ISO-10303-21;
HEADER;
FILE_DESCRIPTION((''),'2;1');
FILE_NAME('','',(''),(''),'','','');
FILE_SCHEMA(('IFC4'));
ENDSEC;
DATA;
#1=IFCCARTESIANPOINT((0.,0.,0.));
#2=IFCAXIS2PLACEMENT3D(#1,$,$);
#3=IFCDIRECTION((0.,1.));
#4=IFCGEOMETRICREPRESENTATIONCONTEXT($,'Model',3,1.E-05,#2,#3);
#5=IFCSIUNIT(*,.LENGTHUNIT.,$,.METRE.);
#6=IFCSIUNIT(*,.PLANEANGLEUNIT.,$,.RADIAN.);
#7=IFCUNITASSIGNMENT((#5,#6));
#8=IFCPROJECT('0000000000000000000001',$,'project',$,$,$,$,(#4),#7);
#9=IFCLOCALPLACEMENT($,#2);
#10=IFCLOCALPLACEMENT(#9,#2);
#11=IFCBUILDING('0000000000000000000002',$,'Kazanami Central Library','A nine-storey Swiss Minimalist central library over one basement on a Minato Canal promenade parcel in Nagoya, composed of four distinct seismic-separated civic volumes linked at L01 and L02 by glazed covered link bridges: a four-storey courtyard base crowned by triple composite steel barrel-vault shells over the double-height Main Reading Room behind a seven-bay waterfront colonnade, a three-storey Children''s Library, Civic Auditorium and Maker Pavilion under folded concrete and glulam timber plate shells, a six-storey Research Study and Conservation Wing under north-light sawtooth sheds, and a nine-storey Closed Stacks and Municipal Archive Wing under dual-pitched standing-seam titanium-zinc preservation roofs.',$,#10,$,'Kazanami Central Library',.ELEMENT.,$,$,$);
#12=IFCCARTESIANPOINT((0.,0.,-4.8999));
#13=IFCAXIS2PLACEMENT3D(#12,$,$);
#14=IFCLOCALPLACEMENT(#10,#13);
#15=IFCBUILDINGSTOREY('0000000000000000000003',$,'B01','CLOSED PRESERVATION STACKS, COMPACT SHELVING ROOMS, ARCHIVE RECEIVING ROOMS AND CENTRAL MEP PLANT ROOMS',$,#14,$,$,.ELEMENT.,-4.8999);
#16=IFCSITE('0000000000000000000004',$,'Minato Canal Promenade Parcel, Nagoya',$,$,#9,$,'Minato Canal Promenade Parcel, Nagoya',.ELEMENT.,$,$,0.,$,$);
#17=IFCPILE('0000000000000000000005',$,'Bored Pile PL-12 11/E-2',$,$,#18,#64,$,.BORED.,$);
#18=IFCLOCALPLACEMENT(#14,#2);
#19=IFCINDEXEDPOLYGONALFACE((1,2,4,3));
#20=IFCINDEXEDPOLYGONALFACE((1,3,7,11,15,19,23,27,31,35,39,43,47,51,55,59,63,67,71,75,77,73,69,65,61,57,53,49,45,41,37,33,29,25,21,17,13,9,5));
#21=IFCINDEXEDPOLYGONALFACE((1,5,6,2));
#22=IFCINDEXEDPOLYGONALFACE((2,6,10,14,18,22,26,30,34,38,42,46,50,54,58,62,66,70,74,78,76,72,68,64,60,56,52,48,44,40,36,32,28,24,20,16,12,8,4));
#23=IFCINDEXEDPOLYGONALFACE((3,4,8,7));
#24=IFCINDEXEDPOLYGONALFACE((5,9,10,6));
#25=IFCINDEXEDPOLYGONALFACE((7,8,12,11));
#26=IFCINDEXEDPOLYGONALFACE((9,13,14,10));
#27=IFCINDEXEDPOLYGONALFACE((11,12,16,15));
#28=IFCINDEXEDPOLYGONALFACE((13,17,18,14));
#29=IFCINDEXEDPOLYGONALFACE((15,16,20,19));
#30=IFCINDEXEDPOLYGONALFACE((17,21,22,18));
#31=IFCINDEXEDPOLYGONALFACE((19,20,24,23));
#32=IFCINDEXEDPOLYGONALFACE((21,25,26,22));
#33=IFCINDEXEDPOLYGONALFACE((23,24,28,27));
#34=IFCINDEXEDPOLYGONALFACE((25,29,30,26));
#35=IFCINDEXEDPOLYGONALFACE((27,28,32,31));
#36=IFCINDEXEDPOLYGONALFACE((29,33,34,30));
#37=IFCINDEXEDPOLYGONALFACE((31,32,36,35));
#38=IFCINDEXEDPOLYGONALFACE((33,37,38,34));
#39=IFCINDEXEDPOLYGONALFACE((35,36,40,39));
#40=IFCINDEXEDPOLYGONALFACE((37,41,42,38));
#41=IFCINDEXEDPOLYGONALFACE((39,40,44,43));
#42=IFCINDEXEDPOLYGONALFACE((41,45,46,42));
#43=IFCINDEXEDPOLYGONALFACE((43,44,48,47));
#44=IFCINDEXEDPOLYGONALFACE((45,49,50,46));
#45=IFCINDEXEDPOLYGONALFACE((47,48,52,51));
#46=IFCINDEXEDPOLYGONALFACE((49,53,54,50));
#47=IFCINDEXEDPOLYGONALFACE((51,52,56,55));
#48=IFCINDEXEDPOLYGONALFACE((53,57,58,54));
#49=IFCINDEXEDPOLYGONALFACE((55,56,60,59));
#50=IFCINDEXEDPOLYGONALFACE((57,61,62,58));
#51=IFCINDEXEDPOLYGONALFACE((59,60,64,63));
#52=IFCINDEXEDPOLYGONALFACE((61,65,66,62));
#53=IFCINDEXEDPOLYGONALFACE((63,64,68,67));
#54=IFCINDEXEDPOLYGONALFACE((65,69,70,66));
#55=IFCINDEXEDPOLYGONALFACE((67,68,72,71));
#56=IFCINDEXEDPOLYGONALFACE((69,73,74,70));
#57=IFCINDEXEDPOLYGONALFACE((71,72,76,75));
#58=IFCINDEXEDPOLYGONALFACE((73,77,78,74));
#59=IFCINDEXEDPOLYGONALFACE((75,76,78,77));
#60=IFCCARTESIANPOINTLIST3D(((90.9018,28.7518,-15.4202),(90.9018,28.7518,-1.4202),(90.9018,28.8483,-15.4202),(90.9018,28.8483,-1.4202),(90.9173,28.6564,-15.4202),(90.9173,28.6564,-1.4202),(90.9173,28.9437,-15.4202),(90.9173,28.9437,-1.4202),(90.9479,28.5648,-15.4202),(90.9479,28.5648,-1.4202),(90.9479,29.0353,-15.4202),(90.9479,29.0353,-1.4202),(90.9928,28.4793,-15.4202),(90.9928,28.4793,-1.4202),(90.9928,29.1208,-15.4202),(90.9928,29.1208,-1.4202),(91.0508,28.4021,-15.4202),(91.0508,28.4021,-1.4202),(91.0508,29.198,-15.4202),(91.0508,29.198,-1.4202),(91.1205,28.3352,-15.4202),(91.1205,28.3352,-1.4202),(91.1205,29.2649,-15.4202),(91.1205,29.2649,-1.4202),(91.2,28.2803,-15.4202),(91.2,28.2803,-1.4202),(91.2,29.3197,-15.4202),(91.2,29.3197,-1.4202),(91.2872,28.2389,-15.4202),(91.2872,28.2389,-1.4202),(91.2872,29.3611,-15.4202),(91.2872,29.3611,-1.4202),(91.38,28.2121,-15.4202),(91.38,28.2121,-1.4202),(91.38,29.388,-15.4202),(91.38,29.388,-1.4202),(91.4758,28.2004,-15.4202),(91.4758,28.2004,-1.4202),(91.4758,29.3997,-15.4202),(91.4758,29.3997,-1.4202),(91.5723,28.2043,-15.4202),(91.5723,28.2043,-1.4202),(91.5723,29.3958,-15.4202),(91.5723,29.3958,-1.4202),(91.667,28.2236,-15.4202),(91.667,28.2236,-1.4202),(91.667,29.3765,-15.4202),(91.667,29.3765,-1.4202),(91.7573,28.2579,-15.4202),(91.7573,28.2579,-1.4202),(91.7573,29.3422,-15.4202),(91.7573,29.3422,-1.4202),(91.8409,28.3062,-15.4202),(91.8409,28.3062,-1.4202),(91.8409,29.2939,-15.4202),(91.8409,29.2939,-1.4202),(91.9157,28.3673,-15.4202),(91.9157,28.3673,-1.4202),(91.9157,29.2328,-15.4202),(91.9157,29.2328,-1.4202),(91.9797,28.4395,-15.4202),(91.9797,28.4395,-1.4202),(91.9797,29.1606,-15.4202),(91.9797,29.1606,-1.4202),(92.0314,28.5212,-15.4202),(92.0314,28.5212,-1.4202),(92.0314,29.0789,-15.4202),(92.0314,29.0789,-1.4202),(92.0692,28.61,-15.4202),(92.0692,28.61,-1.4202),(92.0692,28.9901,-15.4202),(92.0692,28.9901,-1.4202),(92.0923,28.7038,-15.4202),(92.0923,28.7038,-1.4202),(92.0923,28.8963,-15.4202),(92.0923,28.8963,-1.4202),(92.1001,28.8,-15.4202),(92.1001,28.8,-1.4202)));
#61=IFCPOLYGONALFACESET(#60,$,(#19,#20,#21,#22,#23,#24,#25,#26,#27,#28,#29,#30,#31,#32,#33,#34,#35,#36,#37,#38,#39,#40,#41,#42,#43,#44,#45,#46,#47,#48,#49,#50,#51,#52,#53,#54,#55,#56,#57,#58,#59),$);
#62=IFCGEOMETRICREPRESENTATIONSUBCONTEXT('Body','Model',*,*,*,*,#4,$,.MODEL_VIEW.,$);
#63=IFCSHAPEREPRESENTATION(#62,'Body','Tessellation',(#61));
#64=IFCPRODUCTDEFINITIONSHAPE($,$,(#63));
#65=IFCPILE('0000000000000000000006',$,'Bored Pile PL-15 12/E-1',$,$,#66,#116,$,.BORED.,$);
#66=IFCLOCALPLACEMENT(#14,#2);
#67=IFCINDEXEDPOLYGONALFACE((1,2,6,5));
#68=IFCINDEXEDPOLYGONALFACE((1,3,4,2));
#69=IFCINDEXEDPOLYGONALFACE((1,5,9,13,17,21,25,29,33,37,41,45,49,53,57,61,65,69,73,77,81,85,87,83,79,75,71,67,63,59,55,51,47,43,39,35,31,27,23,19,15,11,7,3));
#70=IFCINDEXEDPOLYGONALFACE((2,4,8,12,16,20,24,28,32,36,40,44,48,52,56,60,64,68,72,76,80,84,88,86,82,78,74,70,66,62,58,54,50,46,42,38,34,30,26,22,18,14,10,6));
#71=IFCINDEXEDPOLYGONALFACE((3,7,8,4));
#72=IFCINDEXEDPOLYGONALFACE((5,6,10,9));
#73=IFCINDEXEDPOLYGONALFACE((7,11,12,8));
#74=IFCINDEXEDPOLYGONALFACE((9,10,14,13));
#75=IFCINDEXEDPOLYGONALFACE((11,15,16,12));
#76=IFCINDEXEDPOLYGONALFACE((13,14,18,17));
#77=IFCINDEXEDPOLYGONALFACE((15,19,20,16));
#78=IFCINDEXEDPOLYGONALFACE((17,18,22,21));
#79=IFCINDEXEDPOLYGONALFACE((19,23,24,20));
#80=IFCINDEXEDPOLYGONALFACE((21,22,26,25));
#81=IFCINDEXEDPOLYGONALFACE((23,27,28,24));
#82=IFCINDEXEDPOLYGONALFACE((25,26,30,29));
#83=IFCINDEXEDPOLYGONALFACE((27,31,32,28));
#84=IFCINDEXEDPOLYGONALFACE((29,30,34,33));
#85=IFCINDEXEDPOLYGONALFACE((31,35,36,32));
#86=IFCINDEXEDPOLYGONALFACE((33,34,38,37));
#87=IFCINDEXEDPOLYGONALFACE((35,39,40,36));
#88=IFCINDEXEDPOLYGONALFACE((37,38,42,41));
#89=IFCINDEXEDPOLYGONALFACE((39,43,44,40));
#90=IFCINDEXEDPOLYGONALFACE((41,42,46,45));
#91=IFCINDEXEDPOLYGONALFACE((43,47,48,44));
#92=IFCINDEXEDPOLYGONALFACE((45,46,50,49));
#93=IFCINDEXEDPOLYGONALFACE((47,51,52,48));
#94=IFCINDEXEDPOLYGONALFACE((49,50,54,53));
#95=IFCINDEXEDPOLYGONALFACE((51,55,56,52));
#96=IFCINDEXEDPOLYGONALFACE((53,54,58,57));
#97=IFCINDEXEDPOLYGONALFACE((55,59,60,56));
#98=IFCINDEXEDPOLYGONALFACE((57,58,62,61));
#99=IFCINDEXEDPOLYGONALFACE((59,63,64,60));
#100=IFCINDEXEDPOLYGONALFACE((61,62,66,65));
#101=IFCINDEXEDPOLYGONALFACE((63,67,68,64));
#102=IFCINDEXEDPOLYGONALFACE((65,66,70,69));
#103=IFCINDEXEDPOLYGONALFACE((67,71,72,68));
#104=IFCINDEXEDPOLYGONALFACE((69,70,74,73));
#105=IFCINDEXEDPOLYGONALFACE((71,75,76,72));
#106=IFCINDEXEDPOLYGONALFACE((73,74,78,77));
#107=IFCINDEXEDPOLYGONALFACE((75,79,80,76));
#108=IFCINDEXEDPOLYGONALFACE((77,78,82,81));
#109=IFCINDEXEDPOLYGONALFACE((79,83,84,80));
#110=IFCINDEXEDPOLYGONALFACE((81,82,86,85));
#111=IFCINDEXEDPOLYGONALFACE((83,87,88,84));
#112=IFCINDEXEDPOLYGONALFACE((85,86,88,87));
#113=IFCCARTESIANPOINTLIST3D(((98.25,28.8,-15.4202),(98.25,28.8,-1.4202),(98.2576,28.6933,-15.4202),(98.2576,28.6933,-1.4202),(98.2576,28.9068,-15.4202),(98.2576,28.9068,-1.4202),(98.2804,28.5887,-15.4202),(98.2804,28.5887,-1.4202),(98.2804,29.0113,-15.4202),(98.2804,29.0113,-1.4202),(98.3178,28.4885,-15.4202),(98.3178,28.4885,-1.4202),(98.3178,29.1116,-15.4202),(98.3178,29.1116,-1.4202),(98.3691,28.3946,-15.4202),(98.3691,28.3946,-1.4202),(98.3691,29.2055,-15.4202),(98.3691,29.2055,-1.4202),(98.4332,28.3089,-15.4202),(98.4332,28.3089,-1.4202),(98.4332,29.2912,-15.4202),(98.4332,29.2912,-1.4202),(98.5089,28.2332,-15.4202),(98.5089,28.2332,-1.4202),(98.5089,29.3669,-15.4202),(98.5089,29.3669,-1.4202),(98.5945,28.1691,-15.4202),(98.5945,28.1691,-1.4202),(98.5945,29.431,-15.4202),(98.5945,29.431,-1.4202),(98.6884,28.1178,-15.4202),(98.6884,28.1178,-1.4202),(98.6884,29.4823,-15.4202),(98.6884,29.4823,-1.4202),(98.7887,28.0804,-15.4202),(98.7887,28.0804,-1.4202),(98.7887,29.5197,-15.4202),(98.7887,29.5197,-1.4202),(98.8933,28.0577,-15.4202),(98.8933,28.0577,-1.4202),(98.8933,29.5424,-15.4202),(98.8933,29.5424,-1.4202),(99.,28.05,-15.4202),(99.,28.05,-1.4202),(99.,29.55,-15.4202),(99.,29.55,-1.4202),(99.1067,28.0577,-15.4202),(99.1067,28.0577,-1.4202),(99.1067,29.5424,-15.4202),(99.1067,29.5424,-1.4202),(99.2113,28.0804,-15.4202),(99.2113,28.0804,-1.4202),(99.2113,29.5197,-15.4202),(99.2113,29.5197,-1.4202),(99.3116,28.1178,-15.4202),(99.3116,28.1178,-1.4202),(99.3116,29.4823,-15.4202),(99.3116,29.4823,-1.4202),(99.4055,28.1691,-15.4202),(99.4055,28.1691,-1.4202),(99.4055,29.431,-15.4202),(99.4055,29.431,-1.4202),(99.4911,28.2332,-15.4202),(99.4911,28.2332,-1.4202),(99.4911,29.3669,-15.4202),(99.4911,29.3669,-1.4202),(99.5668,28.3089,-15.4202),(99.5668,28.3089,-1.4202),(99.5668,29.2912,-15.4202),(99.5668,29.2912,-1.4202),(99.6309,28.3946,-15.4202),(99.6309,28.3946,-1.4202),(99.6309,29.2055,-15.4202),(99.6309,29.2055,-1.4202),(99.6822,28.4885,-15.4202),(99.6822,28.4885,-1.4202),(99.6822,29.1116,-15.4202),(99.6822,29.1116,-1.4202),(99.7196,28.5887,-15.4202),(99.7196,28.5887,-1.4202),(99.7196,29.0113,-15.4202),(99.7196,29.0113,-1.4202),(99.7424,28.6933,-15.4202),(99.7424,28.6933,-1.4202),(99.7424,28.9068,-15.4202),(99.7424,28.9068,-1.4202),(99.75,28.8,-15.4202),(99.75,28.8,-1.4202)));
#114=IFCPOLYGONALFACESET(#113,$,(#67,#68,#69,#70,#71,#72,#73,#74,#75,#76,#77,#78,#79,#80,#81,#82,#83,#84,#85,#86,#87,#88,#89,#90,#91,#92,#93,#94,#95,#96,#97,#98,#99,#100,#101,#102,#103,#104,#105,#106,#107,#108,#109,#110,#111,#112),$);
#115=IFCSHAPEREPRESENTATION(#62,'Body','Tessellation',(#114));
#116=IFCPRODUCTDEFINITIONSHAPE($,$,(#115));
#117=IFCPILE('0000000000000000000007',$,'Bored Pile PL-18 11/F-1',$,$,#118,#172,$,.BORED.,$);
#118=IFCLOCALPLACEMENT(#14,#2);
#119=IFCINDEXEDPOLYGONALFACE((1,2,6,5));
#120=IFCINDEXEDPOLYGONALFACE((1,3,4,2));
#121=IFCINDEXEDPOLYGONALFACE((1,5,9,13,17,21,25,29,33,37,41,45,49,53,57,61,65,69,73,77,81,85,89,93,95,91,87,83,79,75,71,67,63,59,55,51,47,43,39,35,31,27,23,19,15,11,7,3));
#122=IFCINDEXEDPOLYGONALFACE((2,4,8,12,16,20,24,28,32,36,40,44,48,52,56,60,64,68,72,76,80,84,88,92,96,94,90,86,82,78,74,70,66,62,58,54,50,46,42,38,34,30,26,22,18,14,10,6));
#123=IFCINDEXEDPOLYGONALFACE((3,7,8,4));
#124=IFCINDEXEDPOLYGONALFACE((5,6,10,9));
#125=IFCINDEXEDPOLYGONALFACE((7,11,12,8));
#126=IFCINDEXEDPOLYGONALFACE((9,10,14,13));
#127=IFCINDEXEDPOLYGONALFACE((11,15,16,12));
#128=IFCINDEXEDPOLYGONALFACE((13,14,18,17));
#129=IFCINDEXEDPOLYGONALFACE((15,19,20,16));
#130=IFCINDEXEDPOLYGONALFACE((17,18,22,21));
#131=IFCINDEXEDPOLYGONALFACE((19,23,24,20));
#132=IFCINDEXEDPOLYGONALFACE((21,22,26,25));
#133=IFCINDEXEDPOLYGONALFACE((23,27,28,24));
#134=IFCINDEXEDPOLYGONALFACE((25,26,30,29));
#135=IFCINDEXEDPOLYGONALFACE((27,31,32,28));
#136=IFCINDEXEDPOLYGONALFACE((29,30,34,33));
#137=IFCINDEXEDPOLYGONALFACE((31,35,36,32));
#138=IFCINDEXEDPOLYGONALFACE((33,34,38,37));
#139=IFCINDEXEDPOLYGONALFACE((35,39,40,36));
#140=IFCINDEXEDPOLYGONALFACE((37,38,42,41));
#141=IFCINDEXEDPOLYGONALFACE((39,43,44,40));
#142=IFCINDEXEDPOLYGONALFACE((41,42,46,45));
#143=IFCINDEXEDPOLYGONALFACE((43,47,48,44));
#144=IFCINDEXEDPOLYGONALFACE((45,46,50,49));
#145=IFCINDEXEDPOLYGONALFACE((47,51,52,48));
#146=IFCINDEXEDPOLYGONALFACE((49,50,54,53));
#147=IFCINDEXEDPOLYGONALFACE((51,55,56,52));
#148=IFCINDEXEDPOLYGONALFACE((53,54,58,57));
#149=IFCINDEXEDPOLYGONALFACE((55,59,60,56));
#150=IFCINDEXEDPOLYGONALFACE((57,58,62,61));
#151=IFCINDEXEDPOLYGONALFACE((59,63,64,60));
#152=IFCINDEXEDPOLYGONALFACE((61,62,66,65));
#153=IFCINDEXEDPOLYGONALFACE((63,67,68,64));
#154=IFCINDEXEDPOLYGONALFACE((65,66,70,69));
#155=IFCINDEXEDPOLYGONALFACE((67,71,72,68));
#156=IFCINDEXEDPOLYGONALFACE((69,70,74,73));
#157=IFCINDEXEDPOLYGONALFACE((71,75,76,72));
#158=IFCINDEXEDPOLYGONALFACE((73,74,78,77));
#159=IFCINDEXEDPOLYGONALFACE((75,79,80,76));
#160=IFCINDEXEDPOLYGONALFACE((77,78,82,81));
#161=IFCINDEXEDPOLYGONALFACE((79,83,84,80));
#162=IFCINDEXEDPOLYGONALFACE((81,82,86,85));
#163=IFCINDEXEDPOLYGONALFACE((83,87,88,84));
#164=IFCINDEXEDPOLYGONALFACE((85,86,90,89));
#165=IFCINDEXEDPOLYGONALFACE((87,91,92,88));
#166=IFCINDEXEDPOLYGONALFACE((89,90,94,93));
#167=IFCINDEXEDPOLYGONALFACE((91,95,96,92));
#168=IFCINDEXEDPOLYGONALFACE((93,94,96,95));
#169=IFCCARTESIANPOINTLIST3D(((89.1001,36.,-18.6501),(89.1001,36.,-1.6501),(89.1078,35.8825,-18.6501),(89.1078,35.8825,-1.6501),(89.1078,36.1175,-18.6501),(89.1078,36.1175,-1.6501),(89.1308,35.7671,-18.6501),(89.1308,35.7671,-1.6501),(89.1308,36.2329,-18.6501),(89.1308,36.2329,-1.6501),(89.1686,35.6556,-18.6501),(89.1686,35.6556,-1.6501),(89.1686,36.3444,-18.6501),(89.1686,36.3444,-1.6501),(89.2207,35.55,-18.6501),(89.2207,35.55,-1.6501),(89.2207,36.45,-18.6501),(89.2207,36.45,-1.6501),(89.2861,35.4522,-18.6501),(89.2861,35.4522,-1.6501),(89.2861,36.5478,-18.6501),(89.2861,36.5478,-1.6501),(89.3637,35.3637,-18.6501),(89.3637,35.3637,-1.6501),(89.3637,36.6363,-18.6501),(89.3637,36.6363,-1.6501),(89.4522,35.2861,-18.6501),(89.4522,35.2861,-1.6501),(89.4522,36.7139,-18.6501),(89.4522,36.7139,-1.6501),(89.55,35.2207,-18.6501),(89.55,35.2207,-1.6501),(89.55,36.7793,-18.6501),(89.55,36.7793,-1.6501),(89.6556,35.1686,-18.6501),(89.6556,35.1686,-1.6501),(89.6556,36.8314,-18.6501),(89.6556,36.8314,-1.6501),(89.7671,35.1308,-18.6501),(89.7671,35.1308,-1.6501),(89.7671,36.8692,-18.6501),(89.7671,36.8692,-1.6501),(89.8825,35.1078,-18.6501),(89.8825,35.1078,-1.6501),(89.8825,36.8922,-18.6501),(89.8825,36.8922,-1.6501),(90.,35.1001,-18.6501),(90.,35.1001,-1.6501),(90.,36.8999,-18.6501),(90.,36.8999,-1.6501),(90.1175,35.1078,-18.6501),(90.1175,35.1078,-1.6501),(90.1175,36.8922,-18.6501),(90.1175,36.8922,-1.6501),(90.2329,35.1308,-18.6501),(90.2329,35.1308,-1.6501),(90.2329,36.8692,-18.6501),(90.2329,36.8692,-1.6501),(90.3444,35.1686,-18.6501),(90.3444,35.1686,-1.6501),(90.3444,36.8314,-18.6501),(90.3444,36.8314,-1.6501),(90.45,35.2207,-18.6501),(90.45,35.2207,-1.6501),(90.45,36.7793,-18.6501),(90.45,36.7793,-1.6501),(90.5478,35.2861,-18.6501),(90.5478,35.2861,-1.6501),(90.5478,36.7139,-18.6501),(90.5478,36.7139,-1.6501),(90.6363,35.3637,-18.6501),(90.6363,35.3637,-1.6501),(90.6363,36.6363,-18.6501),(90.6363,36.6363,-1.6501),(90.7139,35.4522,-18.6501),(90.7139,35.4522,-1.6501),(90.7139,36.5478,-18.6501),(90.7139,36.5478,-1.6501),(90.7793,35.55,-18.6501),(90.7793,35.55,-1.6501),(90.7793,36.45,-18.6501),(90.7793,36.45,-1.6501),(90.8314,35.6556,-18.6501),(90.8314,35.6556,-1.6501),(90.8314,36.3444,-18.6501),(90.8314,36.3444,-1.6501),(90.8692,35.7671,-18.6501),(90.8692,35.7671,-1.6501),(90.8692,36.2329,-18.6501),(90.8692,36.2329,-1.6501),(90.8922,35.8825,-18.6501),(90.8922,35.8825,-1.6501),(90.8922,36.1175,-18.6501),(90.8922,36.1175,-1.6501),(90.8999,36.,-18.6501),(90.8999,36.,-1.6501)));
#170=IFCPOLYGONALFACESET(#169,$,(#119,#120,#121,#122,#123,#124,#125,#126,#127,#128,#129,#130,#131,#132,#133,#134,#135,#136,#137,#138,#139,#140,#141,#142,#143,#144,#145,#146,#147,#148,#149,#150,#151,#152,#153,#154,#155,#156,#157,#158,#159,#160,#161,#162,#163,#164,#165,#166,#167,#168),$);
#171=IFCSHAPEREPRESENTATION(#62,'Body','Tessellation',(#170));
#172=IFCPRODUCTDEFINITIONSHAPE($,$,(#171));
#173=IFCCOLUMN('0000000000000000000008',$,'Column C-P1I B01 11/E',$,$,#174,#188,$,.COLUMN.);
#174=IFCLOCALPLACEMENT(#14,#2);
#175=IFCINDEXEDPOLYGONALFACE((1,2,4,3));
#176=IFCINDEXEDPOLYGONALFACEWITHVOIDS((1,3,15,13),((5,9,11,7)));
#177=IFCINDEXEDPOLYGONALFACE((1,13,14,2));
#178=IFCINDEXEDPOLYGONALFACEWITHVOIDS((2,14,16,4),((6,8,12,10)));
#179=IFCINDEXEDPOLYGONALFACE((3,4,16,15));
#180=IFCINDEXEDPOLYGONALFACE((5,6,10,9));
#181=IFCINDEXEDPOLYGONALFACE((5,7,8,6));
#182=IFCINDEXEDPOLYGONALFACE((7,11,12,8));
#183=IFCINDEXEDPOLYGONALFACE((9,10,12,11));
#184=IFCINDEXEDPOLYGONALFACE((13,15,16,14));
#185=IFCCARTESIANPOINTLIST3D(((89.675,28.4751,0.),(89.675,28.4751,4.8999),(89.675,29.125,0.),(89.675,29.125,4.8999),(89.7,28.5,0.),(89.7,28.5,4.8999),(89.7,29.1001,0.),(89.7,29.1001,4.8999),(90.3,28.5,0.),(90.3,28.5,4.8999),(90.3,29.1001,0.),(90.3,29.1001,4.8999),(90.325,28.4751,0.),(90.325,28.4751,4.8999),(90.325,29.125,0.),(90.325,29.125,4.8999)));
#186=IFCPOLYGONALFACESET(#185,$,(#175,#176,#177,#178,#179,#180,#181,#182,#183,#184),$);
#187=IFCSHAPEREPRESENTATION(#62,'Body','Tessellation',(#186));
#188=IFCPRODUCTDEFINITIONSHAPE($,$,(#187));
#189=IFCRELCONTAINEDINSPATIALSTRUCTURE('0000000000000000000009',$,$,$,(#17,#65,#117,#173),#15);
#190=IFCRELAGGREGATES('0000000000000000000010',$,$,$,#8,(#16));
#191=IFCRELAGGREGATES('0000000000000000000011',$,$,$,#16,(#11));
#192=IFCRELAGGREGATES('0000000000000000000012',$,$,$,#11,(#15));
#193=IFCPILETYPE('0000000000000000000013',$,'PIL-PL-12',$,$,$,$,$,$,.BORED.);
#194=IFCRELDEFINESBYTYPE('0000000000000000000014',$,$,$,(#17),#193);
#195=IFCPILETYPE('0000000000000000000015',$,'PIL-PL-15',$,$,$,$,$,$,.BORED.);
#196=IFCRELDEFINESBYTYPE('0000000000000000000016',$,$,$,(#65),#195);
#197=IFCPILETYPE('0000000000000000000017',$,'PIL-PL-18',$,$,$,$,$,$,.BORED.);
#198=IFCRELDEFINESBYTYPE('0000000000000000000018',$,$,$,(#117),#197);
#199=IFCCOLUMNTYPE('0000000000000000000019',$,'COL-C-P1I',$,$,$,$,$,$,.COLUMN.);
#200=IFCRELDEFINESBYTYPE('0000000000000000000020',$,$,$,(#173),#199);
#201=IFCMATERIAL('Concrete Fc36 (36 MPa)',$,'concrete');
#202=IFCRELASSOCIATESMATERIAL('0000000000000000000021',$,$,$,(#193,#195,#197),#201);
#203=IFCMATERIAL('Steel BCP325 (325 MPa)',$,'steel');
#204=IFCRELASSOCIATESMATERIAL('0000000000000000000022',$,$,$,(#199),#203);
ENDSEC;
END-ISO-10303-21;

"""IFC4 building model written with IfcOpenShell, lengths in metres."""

from ifc_helpers import new_model, si_unit, direction, frame, origin, origin_2d, place, context, subcontext, project, spatial, hollow_rectangle, circle, extrude, material, material_profile, profile_set, type_object, element, save


model = new_model("IFC4")

# Units and contexts
model_context = context("Model", 3, precision=1e-05, world=origin(), true_north=direction((0.0, 1.0)))
body_context = subcontext(model_context, "Body", "Model", "MODEL_VIEW")
ifc_project = project(units=[si_unit("LENGTHUNIT", "METRE"), si_unit("PLANEANGLEUNIT", "RADIAN")], contexts=[model_context])

# Site, building, storey
site_placement = place(None, origin())
site = spatial("IfcSite", under=ifc_project, at=site_placement, Name="Minato Canal Promenade Parcel, Nagoya", LongName="Minato Canal Promenade Parcel, Nagoya", CompositionType="ELEMENT", RefElevation=0.0)
building_placement = place(site_placement, origin())
building = spatial("IfcBuilding", under=site, at=building_placement, Name="Kazanami Central Library", Description="A nine-storey Swiss Minimalist central library over one basement on a Minato Canal promenade parcel in Nagoya, composed of four distinct seismic-separated civic volumes linked at L01 and L02 by glazed covered link bridges: a four-storey courtyard base crowned by triple composite steel barrel-vault shells over the double-height Main Reading Room behind a seven-bay waterfront colonnade, a three-storey Children's Library, Civic Auditorium and Maker Pavilion under folded concrete and glulam timber plate shells, a six-storey Research Study and Conservation Wing under north-light sawtooth sheds, and a nine-storey Closed Stacks and Municipal Archive Wing under dual-pitched standing-seam titanium-zinc preservation roofs.", LongName="Kazanami Central Library", CompositionType="ELEMENT")
storey_placement = place(building_placement, frame((0.0, 0.0, -4.8999)))
storey = spatial("IfcBuildingStorey", under=building, at=storey_placement, Name="B01", Description="CLOSED PRESERVATION STACKS, COMPACT SHELVING ROOMS, ARCHIVE RECEIVING ROOMS AND CENTRAL MEP PLANT ROOMS", CompositionType="ELEMENT", Elevation=-4.8999)

# Shared definitions
ifc_material_1 = material(Name="Concrete Fc36 (36 MPa)", Category="concrete")

# Piles
ifc_material_profile_1 = material_profile(ifc_material_1, circle(Radius=0.6001, at=origin_2d()), Name="BORED-D1200")
ifc_profile_set_1 = profile_set([ifc_material_profile_1], Name="Concrete Fc36 (36 MPa)")
pile_type_1 = type_object("IfcPileType", Name="PIL-PL-12", PredefinedType="BORED", material=ifc_profile_set_1)
for number, where, z_axis, x_axis, name in (
    (1, (91.5, 28.8, -1.4202), (0.0, 0.0, -1.0), (1.0, 0.0, 0.0), "Bored Pile PL-12 11/E-2"),
):
    element("IfcPile", number, at=place(storey_placement, frame(where, z_axis=z_axis, x_axis=x_axis)), inside=storey, type_object=pile_type_1, Name=name, PredefinedType="BORED", context=body_context, shape_type="SweptSolid", body=[
        extrude(circle(Radius=0.6001, at=origin_2d()), origin(), (0.0, 0.0, 1.0), 14.0),
    ])
ifc_material_profile_2 = material_profile(ifc_material_1, circle(Radius=0.75, at=origin_2d()), Name="BORED-D1500")
ifc_profile_set_2 = profile_set([ifc_material_profile_2], Name="Concrete Fc36 (36 MPa)")
pile_type_2 = type_object("IfcPileType", Name="PIL-PL-15", PredefinedType="BORED", material=ifc_profile_set_2)
pile_1_placement = place(storey_placement, frame((99.0, 28.8, -1.4202), z_axis=(0.0, 0.0, -1.0), x_axis=(1.0, 0.0, 0.0)))
element("IfcPile", 2, at=pile_1_placement, inside=storey, type_object=pile_type_2, Name="Bored Pile PL-15 12/E-1", PredefinedType="BORED", context=body_context, shape_type="SweptSolid", body=[
    extrude(circle(Radius=0.75, at=origin_2d()), origin(), (0.0, 0.0, 1.0), 14.0),
])
ifc_material_profile_3 = material_profile(ifc_material_1, circle(Radius=0.8999, at=origin_2d()), Name="BORED-D1800")
ifc_profile_set_3 = profile_set([ifc_material_profile_3], Name="Concrete Fc36 (36 MPa)")
pile_type_3 = type_object("IfcPileType", Name="PIL-PL-18", PredefinedType="BORED", material=ifc_profile_set_3)
pile_2_placement = place(storey_placement, frame((90.0, 36.0, -1.6501), z_axis=(0.0, 0.0, -1.0), x_axis=(1.0, 0.0, 0.0)))
element("IfcPile", 3, at=pile_2_placement, inside=storey, type_object=pile_type_3, Name="Bored Pile PL-18 11/F-1", PredefinedType="BORED", context=body_context, shape_type="SweptSolid", body=[
    extrude(circle(Radius=0.8999, at=origin_2d()), origin(), (0.0, 0.0, 1.0), 17.0),
])

# Column
ifc_material_2 = material(Name="Steel BCP325 (325 MPa)", Category="steel")
ifc_material_profile_4 = material_profile(ifc_material_2, hollow_rectangle(XDim=0.6499, YDim=0.6499, WallThickness=0.0249, at=origin_2d()), Name="BCP-650x650x25")
ifc_profile_set_4 = profile_set([ifc_material_profile_4], Name="Steel BCP325 (325 MPa)")
column_type = type_object("IfcColumnType", Name="COL-C-P1I", PredefinedType="COLUMN", material=ifc_profile_set_4)
for number, where, z_axis, x_axis, name in (
    (4, (90.0, 28.8, 0.0), (0.0, 0.0, 1.0), (1.0, 0.0, 0.0), "Column C-P1I B01 11/E"),
):
    element("IfcColumn", number, at=place(storey_placement, frame(where, z_axis=z_axis, x_axis=x_axis)), inside=storey, type_object=column_type, Name=name, PredefinedType="COLUMN", context=body_context, shape_type="SweptSolid", body=[
        extrude(hollow_rectangle(XDim=0.6499, YDim=0.6499, WallThickness=0.0249, at=origin_2d()), origin(), (0.0, 0.0, 1.0), 4.8999),
    ])

save(model, "model.ifc")
